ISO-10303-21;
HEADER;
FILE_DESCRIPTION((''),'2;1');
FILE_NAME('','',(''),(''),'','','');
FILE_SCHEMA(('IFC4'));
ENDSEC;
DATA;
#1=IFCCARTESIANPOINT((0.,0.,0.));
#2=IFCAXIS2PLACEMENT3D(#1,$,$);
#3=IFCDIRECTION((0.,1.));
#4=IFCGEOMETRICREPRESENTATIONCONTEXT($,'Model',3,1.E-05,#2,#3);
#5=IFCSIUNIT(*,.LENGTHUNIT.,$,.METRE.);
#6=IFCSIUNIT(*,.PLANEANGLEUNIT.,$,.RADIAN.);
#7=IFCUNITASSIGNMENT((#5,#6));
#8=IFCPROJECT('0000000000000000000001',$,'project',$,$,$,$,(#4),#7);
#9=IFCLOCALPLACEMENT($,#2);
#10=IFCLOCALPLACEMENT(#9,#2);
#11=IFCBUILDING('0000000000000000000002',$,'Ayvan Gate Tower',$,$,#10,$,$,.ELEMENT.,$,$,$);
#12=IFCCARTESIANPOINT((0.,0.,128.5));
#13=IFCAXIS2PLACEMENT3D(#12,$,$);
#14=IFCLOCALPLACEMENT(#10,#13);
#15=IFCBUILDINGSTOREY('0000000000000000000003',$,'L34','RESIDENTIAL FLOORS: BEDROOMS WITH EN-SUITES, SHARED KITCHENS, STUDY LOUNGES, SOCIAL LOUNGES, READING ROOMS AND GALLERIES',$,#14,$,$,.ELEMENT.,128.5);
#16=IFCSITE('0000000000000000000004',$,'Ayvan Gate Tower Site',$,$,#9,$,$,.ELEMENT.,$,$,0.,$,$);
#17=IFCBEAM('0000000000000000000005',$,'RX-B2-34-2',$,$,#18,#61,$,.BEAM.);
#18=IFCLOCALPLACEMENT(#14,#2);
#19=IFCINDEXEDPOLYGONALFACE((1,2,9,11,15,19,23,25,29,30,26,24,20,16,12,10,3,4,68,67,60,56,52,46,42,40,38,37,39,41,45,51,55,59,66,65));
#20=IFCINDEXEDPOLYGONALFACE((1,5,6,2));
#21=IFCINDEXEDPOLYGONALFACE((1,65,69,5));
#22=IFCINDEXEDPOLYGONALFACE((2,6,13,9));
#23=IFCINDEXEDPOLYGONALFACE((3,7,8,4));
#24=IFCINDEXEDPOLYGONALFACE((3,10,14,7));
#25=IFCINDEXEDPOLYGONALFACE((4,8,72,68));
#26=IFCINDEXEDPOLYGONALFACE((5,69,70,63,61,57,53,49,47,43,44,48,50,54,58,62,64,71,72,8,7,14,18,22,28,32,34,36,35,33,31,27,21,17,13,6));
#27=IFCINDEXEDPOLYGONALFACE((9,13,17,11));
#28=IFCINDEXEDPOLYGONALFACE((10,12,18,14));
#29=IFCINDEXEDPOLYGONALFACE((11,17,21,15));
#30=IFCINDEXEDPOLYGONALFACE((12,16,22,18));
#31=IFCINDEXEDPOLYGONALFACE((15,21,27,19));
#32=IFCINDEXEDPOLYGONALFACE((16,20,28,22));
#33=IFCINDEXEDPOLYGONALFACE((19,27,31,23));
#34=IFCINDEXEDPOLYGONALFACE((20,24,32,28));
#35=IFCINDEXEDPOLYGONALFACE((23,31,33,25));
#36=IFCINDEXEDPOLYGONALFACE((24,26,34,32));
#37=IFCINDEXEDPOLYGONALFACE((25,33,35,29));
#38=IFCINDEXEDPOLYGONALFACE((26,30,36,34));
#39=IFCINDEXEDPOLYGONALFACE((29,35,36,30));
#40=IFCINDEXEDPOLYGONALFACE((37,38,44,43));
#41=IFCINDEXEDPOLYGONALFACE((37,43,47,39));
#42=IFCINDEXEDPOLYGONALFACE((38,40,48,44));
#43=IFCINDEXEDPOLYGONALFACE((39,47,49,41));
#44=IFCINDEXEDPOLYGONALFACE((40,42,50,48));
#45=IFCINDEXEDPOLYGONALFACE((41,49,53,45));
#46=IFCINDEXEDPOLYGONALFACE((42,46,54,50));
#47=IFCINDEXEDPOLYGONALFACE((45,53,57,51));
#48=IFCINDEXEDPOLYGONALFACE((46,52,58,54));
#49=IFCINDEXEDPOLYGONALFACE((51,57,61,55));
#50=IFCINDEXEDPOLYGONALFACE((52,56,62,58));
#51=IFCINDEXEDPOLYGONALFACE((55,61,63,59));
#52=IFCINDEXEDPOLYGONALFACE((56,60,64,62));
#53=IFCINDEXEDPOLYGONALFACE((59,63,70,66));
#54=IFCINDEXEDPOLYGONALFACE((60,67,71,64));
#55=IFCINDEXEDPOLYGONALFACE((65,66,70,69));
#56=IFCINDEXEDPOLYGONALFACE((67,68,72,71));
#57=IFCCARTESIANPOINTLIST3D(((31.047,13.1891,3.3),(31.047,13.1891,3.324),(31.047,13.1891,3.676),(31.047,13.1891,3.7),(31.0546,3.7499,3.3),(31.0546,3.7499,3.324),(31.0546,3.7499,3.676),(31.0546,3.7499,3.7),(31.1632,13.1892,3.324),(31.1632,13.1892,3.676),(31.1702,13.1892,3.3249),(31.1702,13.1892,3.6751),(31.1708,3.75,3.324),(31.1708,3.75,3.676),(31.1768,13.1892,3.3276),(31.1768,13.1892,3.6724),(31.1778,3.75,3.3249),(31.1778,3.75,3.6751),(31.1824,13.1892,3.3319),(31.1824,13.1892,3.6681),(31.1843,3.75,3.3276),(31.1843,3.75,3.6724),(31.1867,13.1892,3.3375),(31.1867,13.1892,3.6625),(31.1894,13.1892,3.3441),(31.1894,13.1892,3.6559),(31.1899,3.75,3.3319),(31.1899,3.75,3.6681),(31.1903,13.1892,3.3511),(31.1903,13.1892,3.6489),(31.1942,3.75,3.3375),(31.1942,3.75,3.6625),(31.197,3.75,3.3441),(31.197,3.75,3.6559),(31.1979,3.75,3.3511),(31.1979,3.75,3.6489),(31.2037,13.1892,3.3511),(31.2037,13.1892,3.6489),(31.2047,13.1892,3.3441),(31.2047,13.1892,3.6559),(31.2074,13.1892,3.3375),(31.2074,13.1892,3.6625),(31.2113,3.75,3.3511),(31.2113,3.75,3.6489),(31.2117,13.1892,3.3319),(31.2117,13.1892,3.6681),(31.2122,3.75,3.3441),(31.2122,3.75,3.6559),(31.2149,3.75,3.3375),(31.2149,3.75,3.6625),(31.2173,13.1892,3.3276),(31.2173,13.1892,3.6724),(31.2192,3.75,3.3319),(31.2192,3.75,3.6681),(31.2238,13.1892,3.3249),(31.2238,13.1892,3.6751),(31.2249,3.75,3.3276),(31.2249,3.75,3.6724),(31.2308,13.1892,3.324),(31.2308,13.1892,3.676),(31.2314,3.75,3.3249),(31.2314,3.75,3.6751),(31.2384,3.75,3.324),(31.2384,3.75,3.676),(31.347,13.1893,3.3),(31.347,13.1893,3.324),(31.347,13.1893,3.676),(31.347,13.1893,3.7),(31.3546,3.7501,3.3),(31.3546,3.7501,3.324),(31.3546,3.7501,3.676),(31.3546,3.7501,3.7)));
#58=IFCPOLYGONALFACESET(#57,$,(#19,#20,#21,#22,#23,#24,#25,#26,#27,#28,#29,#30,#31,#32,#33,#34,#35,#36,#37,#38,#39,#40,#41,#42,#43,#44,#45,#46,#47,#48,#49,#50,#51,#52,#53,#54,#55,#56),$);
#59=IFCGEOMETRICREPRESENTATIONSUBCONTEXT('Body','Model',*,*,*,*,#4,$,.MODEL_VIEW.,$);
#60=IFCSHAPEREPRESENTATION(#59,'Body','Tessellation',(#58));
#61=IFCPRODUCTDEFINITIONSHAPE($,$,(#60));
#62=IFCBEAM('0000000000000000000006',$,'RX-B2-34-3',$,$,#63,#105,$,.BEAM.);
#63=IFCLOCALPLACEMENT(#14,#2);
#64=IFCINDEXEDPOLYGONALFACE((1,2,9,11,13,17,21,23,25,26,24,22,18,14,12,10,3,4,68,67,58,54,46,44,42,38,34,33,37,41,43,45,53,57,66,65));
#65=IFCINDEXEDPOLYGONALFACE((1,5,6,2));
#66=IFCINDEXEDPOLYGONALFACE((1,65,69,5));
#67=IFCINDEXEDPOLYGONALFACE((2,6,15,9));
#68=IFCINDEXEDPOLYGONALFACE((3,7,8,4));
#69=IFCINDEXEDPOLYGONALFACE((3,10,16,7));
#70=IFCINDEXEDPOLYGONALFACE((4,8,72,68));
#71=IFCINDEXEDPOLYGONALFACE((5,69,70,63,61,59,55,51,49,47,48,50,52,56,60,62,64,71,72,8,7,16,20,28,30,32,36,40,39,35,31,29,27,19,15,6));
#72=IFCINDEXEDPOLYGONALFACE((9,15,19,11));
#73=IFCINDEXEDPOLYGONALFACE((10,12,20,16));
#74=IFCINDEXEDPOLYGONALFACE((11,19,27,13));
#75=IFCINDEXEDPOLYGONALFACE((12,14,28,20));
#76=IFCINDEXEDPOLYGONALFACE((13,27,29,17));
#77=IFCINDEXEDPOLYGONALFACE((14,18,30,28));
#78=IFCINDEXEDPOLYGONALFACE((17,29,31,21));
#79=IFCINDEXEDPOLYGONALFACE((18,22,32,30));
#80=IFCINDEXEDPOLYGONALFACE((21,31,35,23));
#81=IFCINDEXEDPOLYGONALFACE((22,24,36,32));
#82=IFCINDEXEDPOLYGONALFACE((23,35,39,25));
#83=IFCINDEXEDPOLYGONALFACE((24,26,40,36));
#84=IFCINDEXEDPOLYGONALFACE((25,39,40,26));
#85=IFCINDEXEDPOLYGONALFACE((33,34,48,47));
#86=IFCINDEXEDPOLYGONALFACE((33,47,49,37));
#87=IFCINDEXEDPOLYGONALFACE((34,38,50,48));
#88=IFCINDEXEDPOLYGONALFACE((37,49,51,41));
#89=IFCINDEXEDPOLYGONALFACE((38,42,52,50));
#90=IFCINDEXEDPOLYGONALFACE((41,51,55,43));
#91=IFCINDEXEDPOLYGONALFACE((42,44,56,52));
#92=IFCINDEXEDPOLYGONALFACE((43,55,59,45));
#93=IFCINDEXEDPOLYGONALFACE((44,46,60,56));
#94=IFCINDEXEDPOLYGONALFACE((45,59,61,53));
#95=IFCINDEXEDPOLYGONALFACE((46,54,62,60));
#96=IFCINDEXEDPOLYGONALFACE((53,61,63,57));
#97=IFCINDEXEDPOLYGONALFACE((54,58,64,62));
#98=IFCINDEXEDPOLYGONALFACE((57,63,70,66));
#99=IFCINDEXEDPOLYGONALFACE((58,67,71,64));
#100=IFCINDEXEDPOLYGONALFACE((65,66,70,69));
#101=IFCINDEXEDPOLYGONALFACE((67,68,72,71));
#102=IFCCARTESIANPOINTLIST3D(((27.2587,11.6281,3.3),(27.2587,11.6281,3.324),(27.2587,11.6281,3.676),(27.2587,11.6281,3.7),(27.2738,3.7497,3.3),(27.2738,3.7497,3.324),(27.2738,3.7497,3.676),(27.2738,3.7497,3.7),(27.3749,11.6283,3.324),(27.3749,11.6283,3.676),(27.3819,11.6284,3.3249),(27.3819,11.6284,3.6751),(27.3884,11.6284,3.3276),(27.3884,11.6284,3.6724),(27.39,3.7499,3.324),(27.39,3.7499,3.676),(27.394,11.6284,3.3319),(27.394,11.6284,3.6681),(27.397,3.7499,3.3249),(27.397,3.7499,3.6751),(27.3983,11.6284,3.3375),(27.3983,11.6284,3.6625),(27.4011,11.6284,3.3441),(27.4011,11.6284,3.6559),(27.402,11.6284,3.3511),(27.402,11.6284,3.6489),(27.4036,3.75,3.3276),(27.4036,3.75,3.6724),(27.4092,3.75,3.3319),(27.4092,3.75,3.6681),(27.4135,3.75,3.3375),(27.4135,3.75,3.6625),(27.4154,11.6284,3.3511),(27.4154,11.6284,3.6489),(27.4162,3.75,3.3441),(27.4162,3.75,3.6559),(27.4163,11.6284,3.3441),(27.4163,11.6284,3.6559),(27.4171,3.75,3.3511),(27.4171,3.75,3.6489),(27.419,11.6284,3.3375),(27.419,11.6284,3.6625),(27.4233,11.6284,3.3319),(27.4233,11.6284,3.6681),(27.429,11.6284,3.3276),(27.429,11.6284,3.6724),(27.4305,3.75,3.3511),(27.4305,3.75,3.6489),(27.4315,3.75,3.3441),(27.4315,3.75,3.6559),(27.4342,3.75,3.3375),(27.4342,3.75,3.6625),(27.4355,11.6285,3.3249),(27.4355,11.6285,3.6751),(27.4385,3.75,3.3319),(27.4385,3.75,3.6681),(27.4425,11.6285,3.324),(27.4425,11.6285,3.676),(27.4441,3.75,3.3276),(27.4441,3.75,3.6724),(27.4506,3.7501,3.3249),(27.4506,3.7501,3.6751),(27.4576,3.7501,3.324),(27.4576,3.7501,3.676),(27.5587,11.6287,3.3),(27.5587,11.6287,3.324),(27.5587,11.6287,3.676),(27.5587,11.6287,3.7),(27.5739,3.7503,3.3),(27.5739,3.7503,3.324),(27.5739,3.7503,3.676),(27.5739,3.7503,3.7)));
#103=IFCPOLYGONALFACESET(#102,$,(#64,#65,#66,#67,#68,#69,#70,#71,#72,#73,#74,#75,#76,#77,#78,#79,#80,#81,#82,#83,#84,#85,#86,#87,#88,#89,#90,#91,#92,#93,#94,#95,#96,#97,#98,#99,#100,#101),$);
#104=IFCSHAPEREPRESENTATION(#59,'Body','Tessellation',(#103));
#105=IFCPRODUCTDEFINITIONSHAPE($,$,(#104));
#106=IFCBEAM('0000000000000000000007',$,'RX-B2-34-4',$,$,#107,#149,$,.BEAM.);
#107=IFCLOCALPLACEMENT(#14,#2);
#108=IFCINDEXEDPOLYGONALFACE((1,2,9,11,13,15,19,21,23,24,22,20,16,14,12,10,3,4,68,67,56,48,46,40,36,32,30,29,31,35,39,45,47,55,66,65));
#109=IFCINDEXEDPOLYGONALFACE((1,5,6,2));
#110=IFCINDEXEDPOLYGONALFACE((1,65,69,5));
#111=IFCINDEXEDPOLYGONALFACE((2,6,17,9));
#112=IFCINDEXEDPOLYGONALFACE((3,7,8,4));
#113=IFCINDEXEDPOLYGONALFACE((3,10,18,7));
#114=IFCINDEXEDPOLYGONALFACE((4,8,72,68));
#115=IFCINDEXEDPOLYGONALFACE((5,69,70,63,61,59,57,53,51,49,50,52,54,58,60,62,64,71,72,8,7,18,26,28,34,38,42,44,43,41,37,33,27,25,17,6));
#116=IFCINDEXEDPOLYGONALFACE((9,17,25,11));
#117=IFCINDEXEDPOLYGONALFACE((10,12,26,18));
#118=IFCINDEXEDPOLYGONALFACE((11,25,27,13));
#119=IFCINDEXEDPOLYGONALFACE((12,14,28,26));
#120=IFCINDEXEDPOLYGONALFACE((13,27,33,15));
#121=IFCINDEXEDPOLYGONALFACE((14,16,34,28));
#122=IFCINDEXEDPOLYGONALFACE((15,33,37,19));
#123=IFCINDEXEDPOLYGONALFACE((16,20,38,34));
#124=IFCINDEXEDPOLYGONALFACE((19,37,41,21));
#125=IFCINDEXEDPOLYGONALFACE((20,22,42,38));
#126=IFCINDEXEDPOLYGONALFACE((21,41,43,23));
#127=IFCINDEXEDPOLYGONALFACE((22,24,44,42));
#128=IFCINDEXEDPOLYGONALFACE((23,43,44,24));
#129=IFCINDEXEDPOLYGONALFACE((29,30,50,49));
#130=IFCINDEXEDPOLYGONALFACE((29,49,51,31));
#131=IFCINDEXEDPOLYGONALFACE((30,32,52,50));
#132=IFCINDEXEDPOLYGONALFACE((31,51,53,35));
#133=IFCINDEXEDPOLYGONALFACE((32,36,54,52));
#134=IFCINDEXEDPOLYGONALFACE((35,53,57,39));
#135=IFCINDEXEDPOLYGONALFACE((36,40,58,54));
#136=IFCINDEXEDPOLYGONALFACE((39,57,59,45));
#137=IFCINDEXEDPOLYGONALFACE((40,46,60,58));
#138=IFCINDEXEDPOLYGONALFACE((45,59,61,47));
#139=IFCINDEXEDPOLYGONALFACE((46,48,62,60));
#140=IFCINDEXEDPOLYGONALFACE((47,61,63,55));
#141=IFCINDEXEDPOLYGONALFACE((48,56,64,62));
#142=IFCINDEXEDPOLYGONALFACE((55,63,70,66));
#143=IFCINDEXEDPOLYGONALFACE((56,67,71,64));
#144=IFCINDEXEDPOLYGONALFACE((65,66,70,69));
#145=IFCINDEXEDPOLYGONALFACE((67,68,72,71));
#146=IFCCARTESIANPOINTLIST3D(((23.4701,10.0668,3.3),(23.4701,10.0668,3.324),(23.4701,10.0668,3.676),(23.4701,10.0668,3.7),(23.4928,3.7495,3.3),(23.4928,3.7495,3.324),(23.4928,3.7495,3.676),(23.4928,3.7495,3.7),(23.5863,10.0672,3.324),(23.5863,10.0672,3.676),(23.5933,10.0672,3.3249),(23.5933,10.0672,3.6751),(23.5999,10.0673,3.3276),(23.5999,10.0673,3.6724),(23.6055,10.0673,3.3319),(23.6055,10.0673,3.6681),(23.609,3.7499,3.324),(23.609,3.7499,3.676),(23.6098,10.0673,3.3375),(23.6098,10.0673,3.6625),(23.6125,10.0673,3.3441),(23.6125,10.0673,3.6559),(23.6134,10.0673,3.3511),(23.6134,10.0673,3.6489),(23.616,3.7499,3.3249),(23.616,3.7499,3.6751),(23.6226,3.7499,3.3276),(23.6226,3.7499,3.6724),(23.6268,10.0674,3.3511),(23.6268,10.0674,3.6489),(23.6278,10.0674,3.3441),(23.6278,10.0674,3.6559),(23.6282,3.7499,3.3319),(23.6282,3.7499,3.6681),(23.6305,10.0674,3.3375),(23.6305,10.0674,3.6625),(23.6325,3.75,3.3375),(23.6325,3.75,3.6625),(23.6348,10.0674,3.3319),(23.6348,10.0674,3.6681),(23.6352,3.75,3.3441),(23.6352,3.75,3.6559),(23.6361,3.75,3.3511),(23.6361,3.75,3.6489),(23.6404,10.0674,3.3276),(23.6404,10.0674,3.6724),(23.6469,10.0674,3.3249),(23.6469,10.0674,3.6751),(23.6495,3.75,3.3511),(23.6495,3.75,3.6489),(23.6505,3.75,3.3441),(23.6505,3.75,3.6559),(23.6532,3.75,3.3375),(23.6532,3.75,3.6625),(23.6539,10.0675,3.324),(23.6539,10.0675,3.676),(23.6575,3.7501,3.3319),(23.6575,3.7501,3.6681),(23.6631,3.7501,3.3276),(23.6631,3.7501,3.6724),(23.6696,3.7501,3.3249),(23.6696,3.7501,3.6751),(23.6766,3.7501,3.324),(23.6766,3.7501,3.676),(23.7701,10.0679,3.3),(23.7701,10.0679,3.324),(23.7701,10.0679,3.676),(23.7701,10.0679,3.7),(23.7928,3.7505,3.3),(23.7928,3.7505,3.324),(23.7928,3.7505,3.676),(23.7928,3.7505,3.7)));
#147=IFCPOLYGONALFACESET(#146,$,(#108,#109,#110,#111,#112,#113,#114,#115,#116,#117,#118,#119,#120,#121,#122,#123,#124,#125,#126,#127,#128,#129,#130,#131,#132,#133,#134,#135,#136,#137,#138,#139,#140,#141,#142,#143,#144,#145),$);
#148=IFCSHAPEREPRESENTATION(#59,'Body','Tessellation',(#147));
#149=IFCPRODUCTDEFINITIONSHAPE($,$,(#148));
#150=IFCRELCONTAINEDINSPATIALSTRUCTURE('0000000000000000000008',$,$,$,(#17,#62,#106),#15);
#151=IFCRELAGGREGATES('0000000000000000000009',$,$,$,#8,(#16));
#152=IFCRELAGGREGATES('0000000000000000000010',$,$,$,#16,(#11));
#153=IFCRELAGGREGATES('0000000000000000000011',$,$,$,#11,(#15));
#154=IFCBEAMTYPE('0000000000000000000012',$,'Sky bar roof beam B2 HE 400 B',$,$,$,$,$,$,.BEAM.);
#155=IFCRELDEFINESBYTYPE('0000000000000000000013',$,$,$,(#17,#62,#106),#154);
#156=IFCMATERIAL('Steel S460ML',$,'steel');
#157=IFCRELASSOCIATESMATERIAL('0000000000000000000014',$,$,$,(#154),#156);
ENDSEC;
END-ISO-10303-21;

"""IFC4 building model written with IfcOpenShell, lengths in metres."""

from ifc_helpers import new_model, si_unit, direction, frame, origin, origin_2d, place, context, subcontext, project, spatial, i_section, extrude, material, material_profile, profile_set, type_object, element, save


model = new_model("IFC4")

# Units and contexts
model_context = context("Model", 3, precision=1e-05, world=origin(), true_north=direction((0.0, 1.0)))
body_context = subcontext(model_context, "Body", "Model", "MODEL_VIEW")
ifc_project = project(units=[si_unit("LENGTHUNIT", "METRE"), si_unit("PLANEANGLEUNIT", "RADIAN")], contexts=[model_context])

# Site, building, storey
site_placement = place(None, origin())
site = spatial("IfcSite", under=ifc_project, at=site_placement, Name="Ayvan Gate Tower Site", CompositionType="ELEMENT", RefElevation=0.0)
building_placement = place(site_placement, origin())
building = spatial("IfcBuilding", under=site, at=building_placement, Name="Ayvan Gate Tower", CompositionType="ELEMENT")
storey_placement = place(building_placement, frame((0.0, 0.0, 128.5)))
storey = spatial("IfcBuildingStorey", under=building, at=storey_placement, Name="L34", Description="RESIDENTIAL FLOORS: BEDROOMS WITH EN-SUITES, SHARED KITCHENS, STUDY LOUNGES, SOCIAL LOUNGES, READING ROOMS AND GALLERIES", CompositionType="ELEMENT", Elevation=128.5)

# Beams
ifc_material_1 = material(Name="Steel S460ML", Category="steel")
ifc_material_profile_1 = material_profile(ifc_material_1, i_section(OverallWidth=0.3, OverallDepth=0.3999, WebThickness=0.0134, FlangeThickness=0.0239, FilletRadius=0.0271, at=origin_2d()), Name="HE 400 B")
ifc_profile_set_1 = profile_set([ifc_material_profile_1], Name="Steel S460ML")
beam_type_1 = type_object("IfcBeamType", Name="Sky bar roof beam B2 HE 400 B", PredefinedType="BEAM", material=ifc_profile_set_1)
beam_1_placement = place(storey_placement, frame((31.2046, 3.75, 3.5), z_axis=(-0.000802, 1.0, 0.0), x_axis=(-1.0, -0.000802, 0.0)))
element("IfcBeam", 1, at=beam_1_placement, inside=storey, type_object=beam_type_1, Name="RX-B2-34-2", PredefinedType="BEAM", context=body_context, shape_type="SweptSolid", body=[
    extrude(i_section(OverallWidth=0.3, OverallDepth=0.3999, WebThickness=0.0134, FlangeThickness=0.0239, FilletRadius=0.0271, at=origin_2d()), origin(), (0.0, 0.0, 1.0), 9.4392),
])
beam_2_placement = place(storey_placement, frame((27.4238, 3.75, 3.5), z_axis=(-0.001921, 0.999998, 0.0), x_axis=(-0.999998, -0.001921, 0.0)))
element("IfcBeam", 2, at=beam_2_placement, inside=storey, type_object=beam_type_1, Name="RX-B2-34-3", PredefinedType="BEAM", context=body_context, shape_type="SweptSolid", body=[
    extrude(i_section(OverallWidth=0.3, OverallDepth=0.3999, WebThickness=0.0134, FlangeThickness=0.0239, FilletRadius=0.0271, at=origin_2d()), origin(), (0.0, 0.0, 1.0), 7.8784),
])
beam_3_placement = place(storey_placement, frame((23.6428, 3.75, 3.5), z_axis=(-0.003594, 0.999994, 0.0), x_axis=(-0.999994, -0.003594, 0.0)))
element("IfcBeam", 3, at=beam_3_placement, inside=storey, type_object=beam_type_1, Name="RX-B2-34-4", PredefinedType="BEAM", context=body_context, shape_type="SweptSolid", body=[
    extrude(i_section(OverallWidth=0.3, OverallDepth=0.3999, WebThickness=0.0134, FlangeThickness=0.0239, FilletRadius=0.0271, at=origin_2d()), origin(), (0.0, 0.0, 1.0), 6.3174),
])

save(model, "model.ifc")
